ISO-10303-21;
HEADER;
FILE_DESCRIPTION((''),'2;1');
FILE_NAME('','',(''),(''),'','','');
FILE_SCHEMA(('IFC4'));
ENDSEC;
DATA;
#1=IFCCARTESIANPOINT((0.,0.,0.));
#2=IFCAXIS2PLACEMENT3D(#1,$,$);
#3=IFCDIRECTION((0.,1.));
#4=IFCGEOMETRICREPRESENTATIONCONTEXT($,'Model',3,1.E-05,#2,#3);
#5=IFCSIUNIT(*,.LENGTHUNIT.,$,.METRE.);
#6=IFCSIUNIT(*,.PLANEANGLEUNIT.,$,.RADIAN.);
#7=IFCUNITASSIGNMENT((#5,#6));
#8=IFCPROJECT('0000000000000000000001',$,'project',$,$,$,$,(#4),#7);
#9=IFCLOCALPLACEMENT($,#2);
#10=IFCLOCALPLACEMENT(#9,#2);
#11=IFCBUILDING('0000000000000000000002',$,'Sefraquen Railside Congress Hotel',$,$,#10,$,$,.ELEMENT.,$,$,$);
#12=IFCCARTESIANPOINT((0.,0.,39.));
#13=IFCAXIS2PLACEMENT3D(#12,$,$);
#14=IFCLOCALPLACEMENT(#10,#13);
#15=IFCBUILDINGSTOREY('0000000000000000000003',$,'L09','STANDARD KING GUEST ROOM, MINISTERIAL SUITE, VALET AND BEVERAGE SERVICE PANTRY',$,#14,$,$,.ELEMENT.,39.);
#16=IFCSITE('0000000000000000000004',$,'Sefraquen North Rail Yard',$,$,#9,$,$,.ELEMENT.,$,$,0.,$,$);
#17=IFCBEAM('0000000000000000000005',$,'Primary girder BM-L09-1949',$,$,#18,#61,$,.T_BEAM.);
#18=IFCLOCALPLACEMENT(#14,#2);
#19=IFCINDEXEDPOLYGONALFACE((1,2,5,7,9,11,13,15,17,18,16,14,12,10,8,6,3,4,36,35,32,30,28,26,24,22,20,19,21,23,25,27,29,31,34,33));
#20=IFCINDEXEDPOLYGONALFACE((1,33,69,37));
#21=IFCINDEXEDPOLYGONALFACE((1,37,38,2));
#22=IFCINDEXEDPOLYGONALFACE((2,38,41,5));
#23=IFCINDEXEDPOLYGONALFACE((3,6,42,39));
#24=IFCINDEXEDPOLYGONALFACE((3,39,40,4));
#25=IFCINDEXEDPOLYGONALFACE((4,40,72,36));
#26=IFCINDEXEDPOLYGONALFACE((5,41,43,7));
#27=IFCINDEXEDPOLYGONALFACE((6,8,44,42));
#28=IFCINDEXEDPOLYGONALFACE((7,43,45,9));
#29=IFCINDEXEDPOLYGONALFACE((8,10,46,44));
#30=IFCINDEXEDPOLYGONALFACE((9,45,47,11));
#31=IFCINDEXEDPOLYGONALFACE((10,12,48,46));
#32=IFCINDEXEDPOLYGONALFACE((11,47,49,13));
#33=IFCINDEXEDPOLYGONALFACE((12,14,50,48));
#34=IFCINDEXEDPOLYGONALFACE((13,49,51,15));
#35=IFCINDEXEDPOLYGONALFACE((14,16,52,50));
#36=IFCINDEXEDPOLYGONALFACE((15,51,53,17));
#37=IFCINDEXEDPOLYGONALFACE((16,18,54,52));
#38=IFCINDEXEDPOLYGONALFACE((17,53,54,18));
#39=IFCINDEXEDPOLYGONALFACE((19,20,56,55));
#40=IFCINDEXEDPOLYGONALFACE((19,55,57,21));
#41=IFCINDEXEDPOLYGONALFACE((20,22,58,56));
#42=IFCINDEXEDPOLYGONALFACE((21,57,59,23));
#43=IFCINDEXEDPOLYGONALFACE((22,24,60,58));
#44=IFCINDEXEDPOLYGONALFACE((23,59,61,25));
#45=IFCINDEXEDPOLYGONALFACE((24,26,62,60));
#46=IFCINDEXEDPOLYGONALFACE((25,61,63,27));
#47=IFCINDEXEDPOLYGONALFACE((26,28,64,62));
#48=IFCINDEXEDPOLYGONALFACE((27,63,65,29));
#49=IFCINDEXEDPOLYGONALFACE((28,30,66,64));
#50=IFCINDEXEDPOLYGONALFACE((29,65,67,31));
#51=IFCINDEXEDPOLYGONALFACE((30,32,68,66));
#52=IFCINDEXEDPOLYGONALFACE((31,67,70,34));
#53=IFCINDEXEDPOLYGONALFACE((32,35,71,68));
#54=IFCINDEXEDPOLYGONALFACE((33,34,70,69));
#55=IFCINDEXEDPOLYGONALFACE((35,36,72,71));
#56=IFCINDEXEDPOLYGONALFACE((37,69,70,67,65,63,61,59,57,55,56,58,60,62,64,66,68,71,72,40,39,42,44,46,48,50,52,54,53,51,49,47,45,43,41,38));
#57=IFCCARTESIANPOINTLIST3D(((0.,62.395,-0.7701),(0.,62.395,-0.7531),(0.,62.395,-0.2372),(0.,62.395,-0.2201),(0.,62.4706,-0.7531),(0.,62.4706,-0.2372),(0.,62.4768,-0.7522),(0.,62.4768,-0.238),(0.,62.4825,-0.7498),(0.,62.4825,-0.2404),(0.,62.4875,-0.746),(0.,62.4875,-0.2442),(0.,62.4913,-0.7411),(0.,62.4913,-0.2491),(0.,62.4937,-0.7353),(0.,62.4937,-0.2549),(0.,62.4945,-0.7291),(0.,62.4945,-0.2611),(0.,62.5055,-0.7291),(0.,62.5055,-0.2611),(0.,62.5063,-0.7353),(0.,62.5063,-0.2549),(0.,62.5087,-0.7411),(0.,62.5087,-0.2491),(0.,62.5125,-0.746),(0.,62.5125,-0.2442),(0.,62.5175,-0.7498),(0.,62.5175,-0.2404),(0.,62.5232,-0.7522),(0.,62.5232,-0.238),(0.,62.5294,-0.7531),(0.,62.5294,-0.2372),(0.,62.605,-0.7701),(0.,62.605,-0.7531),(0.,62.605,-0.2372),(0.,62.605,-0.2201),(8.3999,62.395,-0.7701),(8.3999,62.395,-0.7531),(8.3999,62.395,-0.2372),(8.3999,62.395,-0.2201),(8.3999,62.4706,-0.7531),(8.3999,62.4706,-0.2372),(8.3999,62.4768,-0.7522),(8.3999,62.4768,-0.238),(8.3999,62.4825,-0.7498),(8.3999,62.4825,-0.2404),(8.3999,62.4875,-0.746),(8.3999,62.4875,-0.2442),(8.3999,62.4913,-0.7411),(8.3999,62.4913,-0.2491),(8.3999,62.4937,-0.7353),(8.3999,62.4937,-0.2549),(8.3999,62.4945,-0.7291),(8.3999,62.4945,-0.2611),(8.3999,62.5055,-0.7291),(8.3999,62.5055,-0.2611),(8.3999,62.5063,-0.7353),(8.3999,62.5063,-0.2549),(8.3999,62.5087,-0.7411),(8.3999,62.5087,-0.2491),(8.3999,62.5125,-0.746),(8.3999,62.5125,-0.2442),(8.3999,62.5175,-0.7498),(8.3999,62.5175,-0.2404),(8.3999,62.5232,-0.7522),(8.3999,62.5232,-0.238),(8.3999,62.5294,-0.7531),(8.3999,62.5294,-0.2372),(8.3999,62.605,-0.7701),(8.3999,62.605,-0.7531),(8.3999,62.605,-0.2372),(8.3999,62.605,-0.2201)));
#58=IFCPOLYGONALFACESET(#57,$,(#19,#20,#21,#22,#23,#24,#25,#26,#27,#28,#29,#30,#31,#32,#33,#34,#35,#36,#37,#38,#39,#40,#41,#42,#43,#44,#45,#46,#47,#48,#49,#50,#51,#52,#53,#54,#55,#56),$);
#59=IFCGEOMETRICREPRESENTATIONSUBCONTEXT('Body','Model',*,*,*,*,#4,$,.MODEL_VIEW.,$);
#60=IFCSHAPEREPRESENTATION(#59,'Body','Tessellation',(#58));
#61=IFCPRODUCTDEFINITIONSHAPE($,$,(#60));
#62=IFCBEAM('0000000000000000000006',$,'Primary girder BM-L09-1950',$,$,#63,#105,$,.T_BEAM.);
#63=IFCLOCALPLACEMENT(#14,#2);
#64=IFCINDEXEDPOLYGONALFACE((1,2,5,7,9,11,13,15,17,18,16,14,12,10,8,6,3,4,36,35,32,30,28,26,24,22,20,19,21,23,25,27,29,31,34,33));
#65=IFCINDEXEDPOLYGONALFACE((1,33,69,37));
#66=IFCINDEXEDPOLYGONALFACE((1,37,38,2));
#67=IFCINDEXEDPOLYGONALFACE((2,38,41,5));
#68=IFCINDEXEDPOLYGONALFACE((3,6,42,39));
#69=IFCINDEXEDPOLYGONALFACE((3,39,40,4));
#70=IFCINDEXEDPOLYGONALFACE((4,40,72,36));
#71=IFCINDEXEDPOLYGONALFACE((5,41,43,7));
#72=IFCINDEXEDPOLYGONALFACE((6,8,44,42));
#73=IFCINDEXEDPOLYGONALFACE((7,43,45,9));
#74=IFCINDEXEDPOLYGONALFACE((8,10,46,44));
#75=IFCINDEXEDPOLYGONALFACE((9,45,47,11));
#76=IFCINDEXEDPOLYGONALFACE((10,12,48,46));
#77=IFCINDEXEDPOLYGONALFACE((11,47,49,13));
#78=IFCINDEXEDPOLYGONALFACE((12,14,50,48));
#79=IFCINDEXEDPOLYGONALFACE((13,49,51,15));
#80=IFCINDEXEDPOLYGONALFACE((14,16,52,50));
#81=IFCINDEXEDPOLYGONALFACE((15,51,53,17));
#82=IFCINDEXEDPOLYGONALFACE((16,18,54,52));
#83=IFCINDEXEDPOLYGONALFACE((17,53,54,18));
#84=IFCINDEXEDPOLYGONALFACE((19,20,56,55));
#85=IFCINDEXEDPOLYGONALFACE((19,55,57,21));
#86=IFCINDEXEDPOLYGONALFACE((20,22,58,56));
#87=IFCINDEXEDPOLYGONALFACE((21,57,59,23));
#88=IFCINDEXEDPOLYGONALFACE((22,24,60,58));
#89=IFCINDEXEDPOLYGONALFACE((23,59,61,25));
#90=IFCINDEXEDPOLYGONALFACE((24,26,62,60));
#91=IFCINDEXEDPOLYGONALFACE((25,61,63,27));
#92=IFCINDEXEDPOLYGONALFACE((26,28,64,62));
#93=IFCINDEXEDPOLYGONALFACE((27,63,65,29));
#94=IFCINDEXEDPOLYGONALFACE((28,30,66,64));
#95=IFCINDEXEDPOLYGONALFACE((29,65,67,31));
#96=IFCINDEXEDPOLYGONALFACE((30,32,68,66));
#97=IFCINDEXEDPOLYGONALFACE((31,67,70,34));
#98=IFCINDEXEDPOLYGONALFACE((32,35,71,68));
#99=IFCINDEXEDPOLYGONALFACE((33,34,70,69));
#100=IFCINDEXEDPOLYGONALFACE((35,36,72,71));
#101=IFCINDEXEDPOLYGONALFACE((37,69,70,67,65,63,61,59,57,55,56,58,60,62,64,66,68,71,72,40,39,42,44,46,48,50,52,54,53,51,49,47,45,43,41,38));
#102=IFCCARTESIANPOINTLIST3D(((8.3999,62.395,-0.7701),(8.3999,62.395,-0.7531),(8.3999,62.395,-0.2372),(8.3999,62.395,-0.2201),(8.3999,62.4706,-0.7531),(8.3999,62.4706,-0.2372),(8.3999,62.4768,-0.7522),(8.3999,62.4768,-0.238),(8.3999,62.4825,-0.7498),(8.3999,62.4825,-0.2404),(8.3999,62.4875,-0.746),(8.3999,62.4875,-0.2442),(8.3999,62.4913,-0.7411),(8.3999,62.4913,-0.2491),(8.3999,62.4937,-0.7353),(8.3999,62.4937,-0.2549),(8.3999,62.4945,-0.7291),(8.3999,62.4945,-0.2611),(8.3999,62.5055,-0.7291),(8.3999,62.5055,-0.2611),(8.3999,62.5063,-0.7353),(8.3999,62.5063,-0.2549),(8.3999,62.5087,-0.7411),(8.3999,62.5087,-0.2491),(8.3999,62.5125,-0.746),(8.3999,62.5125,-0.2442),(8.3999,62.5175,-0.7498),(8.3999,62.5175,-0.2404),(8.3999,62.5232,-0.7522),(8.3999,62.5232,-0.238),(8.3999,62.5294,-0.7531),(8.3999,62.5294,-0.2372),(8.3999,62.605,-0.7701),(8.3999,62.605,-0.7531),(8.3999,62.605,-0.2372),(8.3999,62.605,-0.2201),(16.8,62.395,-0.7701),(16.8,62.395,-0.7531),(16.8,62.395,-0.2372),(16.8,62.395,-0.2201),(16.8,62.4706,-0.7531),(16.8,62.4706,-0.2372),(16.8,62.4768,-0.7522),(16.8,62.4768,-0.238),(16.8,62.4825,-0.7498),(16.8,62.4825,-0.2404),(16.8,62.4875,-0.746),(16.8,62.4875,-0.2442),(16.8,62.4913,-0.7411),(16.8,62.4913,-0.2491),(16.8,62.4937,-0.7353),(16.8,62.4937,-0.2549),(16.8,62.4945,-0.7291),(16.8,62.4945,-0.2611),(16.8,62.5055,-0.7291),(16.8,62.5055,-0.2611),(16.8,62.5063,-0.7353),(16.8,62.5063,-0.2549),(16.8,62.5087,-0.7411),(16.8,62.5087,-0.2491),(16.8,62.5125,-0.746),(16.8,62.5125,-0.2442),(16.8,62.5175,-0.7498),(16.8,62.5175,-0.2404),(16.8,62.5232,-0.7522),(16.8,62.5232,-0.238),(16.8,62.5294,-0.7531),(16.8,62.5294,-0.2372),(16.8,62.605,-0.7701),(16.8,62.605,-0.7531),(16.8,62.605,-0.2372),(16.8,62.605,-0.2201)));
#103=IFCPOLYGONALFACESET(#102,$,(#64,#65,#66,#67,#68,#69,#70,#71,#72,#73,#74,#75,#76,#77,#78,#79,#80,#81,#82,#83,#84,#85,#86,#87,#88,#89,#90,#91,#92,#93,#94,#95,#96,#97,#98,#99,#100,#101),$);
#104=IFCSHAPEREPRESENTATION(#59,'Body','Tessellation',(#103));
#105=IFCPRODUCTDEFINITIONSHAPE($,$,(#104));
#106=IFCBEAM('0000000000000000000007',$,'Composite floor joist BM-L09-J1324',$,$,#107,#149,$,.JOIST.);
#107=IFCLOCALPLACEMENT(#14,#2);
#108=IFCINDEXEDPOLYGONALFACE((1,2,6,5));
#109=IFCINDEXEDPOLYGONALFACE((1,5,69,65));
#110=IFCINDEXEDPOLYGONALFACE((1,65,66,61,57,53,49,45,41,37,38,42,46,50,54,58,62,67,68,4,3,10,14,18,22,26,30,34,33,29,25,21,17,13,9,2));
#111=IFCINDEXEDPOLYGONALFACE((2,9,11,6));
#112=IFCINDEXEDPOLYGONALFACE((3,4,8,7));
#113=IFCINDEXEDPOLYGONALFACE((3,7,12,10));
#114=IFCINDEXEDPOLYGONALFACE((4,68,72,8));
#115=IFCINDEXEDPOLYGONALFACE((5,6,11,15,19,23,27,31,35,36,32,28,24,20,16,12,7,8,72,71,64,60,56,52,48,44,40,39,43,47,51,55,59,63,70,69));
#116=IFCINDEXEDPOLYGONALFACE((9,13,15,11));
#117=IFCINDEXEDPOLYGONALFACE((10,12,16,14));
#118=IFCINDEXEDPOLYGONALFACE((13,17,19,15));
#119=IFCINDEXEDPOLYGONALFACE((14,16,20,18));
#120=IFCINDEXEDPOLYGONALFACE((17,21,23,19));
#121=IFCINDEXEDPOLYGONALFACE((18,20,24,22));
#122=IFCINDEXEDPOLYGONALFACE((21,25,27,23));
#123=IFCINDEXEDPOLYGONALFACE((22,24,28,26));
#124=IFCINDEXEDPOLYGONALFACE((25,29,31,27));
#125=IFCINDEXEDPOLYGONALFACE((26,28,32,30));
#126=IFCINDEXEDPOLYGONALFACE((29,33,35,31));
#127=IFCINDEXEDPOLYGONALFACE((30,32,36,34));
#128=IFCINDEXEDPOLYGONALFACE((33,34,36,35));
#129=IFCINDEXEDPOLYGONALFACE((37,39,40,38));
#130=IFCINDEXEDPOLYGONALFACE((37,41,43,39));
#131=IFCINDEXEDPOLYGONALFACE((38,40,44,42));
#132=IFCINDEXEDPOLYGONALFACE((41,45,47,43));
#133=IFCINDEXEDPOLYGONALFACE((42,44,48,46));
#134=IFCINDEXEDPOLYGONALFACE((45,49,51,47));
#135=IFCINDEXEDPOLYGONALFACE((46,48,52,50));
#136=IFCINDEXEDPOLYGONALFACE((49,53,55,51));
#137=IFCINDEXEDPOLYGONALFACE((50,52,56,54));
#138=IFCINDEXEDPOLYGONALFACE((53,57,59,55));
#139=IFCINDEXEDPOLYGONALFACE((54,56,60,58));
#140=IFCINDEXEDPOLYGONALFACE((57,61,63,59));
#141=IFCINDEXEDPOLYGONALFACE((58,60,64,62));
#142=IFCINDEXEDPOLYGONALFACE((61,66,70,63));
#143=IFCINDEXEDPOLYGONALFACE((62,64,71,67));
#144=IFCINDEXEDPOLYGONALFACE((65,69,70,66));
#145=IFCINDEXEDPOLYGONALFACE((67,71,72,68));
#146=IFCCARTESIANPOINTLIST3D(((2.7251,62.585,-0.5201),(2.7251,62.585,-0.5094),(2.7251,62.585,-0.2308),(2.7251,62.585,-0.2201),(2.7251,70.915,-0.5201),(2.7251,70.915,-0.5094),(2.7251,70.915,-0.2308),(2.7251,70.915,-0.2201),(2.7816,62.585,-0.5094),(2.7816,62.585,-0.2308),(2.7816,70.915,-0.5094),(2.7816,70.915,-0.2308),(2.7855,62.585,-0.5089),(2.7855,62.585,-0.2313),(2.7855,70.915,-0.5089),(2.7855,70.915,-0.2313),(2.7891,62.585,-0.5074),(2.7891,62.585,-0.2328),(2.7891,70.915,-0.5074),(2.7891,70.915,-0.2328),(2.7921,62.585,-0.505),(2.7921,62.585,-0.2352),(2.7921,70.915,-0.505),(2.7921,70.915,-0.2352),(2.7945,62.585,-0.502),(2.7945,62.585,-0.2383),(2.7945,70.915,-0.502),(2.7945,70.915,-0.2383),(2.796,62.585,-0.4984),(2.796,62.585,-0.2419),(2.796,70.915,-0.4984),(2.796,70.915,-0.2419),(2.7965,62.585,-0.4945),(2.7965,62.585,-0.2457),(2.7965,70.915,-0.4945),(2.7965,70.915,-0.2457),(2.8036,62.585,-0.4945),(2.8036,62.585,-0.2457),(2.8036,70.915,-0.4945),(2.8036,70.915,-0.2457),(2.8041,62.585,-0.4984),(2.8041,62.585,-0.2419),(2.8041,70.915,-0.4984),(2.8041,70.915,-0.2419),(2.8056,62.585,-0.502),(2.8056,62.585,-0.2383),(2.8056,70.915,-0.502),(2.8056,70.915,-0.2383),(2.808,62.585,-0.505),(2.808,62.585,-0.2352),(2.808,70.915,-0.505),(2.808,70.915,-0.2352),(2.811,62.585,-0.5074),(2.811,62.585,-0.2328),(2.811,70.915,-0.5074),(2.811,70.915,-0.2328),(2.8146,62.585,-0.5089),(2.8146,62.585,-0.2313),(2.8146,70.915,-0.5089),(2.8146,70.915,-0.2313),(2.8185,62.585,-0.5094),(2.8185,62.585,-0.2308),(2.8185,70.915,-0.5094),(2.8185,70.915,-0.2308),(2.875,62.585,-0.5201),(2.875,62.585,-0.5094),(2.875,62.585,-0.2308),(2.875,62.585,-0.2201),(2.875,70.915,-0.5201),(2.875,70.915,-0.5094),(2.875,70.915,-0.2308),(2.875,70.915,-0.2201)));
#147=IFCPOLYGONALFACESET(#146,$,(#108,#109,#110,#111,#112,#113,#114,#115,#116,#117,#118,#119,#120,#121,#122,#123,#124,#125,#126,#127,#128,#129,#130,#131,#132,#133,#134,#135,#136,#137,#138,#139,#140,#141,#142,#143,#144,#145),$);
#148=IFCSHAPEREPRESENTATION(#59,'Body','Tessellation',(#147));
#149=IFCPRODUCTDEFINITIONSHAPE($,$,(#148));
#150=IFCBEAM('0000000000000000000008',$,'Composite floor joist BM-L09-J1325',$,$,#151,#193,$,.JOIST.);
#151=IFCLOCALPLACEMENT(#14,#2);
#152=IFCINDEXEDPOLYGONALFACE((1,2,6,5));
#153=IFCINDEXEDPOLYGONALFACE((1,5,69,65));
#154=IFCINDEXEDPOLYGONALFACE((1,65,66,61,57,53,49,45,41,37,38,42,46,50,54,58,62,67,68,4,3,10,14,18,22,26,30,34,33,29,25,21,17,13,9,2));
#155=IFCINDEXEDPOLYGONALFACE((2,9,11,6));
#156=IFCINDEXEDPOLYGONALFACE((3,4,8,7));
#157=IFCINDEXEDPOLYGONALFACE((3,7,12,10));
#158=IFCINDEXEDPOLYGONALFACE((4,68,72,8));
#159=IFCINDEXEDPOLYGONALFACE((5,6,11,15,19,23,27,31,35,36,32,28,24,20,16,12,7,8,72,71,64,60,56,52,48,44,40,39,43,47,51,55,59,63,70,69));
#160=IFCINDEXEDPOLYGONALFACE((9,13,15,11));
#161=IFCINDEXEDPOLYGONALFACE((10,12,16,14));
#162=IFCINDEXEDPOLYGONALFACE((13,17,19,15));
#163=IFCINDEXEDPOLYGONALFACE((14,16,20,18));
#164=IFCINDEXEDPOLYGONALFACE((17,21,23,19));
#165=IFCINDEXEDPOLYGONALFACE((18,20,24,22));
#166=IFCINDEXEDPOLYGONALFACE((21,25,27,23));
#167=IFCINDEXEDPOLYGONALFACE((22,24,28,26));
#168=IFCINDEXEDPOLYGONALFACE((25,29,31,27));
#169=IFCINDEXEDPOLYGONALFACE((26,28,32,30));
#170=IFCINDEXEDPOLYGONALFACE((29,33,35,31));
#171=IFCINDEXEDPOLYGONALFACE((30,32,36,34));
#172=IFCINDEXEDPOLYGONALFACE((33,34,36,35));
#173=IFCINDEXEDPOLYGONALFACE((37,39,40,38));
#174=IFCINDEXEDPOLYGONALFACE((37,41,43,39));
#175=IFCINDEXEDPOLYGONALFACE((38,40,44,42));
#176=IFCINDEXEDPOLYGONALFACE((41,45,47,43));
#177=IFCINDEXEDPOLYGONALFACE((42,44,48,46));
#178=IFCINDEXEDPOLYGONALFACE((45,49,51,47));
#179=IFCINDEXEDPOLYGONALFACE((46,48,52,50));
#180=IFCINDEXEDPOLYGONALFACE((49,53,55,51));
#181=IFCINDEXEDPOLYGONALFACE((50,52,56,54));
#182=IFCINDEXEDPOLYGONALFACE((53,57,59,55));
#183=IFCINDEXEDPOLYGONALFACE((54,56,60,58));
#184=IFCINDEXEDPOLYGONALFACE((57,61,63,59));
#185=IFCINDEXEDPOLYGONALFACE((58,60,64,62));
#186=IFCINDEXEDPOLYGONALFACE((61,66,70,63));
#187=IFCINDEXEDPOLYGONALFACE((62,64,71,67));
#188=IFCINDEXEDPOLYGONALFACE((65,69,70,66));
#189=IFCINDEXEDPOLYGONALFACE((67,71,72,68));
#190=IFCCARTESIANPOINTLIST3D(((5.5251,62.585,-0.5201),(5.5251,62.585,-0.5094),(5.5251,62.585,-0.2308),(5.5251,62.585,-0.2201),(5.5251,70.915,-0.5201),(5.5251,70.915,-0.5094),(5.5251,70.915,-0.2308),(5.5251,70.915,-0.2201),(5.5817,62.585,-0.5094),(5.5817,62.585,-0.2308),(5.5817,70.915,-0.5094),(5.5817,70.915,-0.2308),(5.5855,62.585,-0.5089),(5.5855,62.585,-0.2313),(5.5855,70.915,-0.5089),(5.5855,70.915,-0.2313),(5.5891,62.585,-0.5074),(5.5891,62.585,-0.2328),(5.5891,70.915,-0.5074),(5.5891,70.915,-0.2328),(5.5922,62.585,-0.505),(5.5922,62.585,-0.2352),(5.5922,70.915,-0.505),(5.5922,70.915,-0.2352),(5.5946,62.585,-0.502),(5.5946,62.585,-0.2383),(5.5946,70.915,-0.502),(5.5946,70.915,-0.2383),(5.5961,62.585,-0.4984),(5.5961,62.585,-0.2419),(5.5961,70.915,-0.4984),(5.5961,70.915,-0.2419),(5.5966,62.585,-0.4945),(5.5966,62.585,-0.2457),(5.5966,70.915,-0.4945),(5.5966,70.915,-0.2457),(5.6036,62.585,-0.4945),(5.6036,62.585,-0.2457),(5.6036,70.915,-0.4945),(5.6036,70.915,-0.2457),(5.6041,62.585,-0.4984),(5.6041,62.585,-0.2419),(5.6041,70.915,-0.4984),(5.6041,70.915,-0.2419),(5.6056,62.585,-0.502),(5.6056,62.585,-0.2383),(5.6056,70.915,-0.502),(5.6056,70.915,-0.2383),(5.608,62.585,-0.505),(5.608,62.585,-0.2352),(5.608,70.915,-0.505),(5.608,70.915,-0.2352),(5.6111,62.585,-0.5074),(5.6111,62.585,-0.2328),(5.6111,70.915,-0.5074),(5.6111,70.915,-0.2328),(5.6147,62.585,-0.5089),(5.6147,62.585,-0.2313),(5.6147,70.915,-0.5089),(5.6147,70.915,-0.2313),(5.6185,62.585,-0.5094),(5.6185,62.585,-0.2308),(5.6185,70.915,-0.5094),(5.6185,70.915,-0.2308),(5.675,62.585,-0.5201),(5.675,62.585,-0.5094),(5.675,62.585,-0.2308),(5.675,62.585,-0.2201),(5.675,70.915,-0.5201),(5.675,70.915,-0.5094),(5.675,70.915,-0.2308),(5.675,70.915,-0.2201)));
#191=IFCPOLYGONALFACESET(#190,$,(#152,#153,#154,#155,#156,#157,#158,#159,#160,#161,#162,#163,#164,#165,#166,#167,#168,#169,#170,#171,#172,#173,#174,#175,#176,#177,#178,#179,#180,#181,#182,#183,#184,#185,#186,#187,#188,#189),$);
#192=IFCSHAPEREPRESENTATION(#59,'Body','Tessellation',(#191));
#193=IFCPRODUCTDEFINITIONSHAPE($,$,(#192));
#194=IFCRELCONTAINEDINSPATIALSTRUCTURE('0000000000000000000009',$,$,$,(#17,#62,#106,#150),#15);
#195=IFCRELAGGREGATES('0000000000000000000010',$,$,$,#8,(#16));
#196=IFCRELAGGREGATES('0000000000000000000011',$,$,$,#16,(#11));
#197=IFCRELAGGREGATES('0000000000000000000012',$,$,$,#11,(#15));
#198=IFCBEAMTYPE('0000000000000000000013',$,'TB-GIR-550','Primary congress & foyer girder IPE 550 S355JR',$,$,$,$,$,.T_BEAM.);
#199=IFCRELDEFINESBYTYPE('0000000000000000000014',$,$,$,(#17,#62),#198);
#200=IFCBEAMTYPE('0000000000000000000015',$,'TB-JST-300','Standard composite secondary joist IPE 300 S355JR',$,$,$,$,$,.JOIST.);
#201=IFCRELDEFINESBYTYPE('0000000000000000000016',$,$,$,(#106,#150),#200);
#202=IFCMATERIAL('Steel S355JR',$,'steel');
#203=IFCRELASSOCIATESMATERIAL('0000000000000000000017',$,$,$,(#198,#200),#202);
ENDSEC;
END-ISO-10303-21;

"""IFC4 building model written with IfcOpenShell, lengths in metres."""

from ifc_helpers import new_model, si_unit, direction, frame, origin, origin_2d, place, context, subcontext, project, spatial, i_section, extrude, material, material_profile, profile_set, type_object, element, save


model = new_model("IFC4")

# Units and contexts
model_context = context("Model", 3, precision=1e-05, world=origin(), true_north=direction((0.0, 1.0)))
body_context = subcontext(model_context, "Body", "Model", "MODEL_VIEW")
ifc_project = project(units=[si_unit("LENGTHUNIT", "METRE"), si_unit("PLANEANGLEUNIT", "RADIAN")], contexts=[model_context])

# Site, building, storey
site_placement = place(None, origin())
site = spatial("IfcSite", under=ifc_project, at=site_placement, Name="Sefraquen North Rail Yard", CompositionType="ELEMENT", RefElevation=0.0)
building_placement = place(site_placement, origin())
building = spatial("IfcBuilding", under=site, at=building_placement, Name="Sefraquen Railside Congress Hotel", CompositionType="ELEMENT")
storey_placement = place(building_placement, frame((0.0, 0.0, 39.0)))
storey = spatial("IfcBuildingStorey", under=building, at=storey_placement, Name="L09", Description="STANDARD KING GUEST ROOM, MINISTERIAL SUITE, VALET AND BEVERAGE SERVICE PANTRY", CompositionType="ELEMENT", Elevation=39.0)

# Shared definitions
ifc_material_1 = material(Name="Steel S355JR", Category="steel")

# Beams
ifc_material_profile_1 = material_profile(ifc_material_1, i_section(OverallWidth=0.21, OverallDepth=0.55, WebThickness=0.011, FlangeThickness=0.0171, FilletRadius=0.0239, at=origin_2d()), Name="IPE 550")
ifc_profile_set_1 = profile_set([ifc_material_profile_1], Name="Steel S355JR")
beam_type_1 = type_object("IfcBeamType", Name="TB-GIR-550", Description="Primary congress & foyer girder IPE 550 S355JR", PredefinedType="T_BEAM", material=ifc_profile_set_1)
beam_1_placement = place(storey_placement, frame((0.0, 62.5, -0.4951), z_axis=(1.0, 0.0, 0.0), x_axis=(0.0, 1.0, 0.0)))
element("IfcBeam", 1, at=beam_1_placement, inside=storey, type_object=beam_type_1, Name="Primary girder BM-L09-1949", PredefinedType="T_BEAM", context=body_context, shape_type="SweptSolid", body=[
    extrude(i_section(OverallWidth=0.21, OverallDepth=0.55, WebThickness=0.011, FlangeThickness=0.0171, FilletRadius=0.0239, at=origin_2d()), origin(), (0.0, 0.0, 1.0), 8.3999),
])
beam_2_placement = place(storey_placement, frame((8.3999, 62.5, -0.4951), z_axis=(1.0, 0.0, 0.0), x_axis=(0.0, 1.0, 0.0)))
element("IfcBeam", 2, at=beam_2_placement, inside=storey, type_object=beam_type_1, Name="Primary girder BM-L09-1950", PredefinedType="T_BEAM", context=body_context, shape_type="SweptSolid", body=[
    extrude(i_section(OverallWidth=0.21, OverallDepth=0.55, WebThickness=0.011, FlangeThickness=0.0171, FilletRadius=0.0239, at=origin_2d()), origin(), (0.0, 0.0, 1.0), 8.4001),
])
ifc_material_profile_2 = material_profile(ifc_material_1, i_section(OverallWidth=0.1499, OverallDepth=0.3, WebThickness=0.0071, FlangeThickness=0.0107, FilletRadius=0.0149, at=origin_2d()), Name="IPE 300")
ifc_profile_set_2 = profile_set([ifc_material_profile_2], Name="Steel S355JR")
beam_type_2 = type_object("IfcBeamType", Name="TB-JST-300", Description="Standard composite secondary joist IPE 300 S355JR", PredefinedType="JOIST", material=ifc_profile_set_2)
for number, where, z_axis, x_axis, name in (
    (3, (2.8, 62.585, -0.3701), (0.0, 1.0, 0.0), (-1.0, 0.0, 0.0), "Composite floor joist BM-L09-J1324"),
    (4, (5.6001, 62.585, -0.3701), (0.0, 1.0, 0.0), (-1.0, 0.0, 0.0), "Composite floor joist BM-L09-J1325"),
):
    element("IfcBeam", number, at=place(storey_placement, frame(where, z_axis=z_axis, x_axis=x_axis)), inside=storey, type_object=beam_type_2, Name=name, PredefinedType="JOIST", context=body_context, shape_type="SweptSolid", body=[
        extrude(i_section(OverallWidth=0.1499, OverallDepth=0.3, WebThickness=0.0071, FlangeThickness=0.0107, FilletRadius=0.0149, at=origin_2d()), origin(), (0.0, 0.0, 1.0), 8.3301),
    ])

save(model, "model.ifc")
